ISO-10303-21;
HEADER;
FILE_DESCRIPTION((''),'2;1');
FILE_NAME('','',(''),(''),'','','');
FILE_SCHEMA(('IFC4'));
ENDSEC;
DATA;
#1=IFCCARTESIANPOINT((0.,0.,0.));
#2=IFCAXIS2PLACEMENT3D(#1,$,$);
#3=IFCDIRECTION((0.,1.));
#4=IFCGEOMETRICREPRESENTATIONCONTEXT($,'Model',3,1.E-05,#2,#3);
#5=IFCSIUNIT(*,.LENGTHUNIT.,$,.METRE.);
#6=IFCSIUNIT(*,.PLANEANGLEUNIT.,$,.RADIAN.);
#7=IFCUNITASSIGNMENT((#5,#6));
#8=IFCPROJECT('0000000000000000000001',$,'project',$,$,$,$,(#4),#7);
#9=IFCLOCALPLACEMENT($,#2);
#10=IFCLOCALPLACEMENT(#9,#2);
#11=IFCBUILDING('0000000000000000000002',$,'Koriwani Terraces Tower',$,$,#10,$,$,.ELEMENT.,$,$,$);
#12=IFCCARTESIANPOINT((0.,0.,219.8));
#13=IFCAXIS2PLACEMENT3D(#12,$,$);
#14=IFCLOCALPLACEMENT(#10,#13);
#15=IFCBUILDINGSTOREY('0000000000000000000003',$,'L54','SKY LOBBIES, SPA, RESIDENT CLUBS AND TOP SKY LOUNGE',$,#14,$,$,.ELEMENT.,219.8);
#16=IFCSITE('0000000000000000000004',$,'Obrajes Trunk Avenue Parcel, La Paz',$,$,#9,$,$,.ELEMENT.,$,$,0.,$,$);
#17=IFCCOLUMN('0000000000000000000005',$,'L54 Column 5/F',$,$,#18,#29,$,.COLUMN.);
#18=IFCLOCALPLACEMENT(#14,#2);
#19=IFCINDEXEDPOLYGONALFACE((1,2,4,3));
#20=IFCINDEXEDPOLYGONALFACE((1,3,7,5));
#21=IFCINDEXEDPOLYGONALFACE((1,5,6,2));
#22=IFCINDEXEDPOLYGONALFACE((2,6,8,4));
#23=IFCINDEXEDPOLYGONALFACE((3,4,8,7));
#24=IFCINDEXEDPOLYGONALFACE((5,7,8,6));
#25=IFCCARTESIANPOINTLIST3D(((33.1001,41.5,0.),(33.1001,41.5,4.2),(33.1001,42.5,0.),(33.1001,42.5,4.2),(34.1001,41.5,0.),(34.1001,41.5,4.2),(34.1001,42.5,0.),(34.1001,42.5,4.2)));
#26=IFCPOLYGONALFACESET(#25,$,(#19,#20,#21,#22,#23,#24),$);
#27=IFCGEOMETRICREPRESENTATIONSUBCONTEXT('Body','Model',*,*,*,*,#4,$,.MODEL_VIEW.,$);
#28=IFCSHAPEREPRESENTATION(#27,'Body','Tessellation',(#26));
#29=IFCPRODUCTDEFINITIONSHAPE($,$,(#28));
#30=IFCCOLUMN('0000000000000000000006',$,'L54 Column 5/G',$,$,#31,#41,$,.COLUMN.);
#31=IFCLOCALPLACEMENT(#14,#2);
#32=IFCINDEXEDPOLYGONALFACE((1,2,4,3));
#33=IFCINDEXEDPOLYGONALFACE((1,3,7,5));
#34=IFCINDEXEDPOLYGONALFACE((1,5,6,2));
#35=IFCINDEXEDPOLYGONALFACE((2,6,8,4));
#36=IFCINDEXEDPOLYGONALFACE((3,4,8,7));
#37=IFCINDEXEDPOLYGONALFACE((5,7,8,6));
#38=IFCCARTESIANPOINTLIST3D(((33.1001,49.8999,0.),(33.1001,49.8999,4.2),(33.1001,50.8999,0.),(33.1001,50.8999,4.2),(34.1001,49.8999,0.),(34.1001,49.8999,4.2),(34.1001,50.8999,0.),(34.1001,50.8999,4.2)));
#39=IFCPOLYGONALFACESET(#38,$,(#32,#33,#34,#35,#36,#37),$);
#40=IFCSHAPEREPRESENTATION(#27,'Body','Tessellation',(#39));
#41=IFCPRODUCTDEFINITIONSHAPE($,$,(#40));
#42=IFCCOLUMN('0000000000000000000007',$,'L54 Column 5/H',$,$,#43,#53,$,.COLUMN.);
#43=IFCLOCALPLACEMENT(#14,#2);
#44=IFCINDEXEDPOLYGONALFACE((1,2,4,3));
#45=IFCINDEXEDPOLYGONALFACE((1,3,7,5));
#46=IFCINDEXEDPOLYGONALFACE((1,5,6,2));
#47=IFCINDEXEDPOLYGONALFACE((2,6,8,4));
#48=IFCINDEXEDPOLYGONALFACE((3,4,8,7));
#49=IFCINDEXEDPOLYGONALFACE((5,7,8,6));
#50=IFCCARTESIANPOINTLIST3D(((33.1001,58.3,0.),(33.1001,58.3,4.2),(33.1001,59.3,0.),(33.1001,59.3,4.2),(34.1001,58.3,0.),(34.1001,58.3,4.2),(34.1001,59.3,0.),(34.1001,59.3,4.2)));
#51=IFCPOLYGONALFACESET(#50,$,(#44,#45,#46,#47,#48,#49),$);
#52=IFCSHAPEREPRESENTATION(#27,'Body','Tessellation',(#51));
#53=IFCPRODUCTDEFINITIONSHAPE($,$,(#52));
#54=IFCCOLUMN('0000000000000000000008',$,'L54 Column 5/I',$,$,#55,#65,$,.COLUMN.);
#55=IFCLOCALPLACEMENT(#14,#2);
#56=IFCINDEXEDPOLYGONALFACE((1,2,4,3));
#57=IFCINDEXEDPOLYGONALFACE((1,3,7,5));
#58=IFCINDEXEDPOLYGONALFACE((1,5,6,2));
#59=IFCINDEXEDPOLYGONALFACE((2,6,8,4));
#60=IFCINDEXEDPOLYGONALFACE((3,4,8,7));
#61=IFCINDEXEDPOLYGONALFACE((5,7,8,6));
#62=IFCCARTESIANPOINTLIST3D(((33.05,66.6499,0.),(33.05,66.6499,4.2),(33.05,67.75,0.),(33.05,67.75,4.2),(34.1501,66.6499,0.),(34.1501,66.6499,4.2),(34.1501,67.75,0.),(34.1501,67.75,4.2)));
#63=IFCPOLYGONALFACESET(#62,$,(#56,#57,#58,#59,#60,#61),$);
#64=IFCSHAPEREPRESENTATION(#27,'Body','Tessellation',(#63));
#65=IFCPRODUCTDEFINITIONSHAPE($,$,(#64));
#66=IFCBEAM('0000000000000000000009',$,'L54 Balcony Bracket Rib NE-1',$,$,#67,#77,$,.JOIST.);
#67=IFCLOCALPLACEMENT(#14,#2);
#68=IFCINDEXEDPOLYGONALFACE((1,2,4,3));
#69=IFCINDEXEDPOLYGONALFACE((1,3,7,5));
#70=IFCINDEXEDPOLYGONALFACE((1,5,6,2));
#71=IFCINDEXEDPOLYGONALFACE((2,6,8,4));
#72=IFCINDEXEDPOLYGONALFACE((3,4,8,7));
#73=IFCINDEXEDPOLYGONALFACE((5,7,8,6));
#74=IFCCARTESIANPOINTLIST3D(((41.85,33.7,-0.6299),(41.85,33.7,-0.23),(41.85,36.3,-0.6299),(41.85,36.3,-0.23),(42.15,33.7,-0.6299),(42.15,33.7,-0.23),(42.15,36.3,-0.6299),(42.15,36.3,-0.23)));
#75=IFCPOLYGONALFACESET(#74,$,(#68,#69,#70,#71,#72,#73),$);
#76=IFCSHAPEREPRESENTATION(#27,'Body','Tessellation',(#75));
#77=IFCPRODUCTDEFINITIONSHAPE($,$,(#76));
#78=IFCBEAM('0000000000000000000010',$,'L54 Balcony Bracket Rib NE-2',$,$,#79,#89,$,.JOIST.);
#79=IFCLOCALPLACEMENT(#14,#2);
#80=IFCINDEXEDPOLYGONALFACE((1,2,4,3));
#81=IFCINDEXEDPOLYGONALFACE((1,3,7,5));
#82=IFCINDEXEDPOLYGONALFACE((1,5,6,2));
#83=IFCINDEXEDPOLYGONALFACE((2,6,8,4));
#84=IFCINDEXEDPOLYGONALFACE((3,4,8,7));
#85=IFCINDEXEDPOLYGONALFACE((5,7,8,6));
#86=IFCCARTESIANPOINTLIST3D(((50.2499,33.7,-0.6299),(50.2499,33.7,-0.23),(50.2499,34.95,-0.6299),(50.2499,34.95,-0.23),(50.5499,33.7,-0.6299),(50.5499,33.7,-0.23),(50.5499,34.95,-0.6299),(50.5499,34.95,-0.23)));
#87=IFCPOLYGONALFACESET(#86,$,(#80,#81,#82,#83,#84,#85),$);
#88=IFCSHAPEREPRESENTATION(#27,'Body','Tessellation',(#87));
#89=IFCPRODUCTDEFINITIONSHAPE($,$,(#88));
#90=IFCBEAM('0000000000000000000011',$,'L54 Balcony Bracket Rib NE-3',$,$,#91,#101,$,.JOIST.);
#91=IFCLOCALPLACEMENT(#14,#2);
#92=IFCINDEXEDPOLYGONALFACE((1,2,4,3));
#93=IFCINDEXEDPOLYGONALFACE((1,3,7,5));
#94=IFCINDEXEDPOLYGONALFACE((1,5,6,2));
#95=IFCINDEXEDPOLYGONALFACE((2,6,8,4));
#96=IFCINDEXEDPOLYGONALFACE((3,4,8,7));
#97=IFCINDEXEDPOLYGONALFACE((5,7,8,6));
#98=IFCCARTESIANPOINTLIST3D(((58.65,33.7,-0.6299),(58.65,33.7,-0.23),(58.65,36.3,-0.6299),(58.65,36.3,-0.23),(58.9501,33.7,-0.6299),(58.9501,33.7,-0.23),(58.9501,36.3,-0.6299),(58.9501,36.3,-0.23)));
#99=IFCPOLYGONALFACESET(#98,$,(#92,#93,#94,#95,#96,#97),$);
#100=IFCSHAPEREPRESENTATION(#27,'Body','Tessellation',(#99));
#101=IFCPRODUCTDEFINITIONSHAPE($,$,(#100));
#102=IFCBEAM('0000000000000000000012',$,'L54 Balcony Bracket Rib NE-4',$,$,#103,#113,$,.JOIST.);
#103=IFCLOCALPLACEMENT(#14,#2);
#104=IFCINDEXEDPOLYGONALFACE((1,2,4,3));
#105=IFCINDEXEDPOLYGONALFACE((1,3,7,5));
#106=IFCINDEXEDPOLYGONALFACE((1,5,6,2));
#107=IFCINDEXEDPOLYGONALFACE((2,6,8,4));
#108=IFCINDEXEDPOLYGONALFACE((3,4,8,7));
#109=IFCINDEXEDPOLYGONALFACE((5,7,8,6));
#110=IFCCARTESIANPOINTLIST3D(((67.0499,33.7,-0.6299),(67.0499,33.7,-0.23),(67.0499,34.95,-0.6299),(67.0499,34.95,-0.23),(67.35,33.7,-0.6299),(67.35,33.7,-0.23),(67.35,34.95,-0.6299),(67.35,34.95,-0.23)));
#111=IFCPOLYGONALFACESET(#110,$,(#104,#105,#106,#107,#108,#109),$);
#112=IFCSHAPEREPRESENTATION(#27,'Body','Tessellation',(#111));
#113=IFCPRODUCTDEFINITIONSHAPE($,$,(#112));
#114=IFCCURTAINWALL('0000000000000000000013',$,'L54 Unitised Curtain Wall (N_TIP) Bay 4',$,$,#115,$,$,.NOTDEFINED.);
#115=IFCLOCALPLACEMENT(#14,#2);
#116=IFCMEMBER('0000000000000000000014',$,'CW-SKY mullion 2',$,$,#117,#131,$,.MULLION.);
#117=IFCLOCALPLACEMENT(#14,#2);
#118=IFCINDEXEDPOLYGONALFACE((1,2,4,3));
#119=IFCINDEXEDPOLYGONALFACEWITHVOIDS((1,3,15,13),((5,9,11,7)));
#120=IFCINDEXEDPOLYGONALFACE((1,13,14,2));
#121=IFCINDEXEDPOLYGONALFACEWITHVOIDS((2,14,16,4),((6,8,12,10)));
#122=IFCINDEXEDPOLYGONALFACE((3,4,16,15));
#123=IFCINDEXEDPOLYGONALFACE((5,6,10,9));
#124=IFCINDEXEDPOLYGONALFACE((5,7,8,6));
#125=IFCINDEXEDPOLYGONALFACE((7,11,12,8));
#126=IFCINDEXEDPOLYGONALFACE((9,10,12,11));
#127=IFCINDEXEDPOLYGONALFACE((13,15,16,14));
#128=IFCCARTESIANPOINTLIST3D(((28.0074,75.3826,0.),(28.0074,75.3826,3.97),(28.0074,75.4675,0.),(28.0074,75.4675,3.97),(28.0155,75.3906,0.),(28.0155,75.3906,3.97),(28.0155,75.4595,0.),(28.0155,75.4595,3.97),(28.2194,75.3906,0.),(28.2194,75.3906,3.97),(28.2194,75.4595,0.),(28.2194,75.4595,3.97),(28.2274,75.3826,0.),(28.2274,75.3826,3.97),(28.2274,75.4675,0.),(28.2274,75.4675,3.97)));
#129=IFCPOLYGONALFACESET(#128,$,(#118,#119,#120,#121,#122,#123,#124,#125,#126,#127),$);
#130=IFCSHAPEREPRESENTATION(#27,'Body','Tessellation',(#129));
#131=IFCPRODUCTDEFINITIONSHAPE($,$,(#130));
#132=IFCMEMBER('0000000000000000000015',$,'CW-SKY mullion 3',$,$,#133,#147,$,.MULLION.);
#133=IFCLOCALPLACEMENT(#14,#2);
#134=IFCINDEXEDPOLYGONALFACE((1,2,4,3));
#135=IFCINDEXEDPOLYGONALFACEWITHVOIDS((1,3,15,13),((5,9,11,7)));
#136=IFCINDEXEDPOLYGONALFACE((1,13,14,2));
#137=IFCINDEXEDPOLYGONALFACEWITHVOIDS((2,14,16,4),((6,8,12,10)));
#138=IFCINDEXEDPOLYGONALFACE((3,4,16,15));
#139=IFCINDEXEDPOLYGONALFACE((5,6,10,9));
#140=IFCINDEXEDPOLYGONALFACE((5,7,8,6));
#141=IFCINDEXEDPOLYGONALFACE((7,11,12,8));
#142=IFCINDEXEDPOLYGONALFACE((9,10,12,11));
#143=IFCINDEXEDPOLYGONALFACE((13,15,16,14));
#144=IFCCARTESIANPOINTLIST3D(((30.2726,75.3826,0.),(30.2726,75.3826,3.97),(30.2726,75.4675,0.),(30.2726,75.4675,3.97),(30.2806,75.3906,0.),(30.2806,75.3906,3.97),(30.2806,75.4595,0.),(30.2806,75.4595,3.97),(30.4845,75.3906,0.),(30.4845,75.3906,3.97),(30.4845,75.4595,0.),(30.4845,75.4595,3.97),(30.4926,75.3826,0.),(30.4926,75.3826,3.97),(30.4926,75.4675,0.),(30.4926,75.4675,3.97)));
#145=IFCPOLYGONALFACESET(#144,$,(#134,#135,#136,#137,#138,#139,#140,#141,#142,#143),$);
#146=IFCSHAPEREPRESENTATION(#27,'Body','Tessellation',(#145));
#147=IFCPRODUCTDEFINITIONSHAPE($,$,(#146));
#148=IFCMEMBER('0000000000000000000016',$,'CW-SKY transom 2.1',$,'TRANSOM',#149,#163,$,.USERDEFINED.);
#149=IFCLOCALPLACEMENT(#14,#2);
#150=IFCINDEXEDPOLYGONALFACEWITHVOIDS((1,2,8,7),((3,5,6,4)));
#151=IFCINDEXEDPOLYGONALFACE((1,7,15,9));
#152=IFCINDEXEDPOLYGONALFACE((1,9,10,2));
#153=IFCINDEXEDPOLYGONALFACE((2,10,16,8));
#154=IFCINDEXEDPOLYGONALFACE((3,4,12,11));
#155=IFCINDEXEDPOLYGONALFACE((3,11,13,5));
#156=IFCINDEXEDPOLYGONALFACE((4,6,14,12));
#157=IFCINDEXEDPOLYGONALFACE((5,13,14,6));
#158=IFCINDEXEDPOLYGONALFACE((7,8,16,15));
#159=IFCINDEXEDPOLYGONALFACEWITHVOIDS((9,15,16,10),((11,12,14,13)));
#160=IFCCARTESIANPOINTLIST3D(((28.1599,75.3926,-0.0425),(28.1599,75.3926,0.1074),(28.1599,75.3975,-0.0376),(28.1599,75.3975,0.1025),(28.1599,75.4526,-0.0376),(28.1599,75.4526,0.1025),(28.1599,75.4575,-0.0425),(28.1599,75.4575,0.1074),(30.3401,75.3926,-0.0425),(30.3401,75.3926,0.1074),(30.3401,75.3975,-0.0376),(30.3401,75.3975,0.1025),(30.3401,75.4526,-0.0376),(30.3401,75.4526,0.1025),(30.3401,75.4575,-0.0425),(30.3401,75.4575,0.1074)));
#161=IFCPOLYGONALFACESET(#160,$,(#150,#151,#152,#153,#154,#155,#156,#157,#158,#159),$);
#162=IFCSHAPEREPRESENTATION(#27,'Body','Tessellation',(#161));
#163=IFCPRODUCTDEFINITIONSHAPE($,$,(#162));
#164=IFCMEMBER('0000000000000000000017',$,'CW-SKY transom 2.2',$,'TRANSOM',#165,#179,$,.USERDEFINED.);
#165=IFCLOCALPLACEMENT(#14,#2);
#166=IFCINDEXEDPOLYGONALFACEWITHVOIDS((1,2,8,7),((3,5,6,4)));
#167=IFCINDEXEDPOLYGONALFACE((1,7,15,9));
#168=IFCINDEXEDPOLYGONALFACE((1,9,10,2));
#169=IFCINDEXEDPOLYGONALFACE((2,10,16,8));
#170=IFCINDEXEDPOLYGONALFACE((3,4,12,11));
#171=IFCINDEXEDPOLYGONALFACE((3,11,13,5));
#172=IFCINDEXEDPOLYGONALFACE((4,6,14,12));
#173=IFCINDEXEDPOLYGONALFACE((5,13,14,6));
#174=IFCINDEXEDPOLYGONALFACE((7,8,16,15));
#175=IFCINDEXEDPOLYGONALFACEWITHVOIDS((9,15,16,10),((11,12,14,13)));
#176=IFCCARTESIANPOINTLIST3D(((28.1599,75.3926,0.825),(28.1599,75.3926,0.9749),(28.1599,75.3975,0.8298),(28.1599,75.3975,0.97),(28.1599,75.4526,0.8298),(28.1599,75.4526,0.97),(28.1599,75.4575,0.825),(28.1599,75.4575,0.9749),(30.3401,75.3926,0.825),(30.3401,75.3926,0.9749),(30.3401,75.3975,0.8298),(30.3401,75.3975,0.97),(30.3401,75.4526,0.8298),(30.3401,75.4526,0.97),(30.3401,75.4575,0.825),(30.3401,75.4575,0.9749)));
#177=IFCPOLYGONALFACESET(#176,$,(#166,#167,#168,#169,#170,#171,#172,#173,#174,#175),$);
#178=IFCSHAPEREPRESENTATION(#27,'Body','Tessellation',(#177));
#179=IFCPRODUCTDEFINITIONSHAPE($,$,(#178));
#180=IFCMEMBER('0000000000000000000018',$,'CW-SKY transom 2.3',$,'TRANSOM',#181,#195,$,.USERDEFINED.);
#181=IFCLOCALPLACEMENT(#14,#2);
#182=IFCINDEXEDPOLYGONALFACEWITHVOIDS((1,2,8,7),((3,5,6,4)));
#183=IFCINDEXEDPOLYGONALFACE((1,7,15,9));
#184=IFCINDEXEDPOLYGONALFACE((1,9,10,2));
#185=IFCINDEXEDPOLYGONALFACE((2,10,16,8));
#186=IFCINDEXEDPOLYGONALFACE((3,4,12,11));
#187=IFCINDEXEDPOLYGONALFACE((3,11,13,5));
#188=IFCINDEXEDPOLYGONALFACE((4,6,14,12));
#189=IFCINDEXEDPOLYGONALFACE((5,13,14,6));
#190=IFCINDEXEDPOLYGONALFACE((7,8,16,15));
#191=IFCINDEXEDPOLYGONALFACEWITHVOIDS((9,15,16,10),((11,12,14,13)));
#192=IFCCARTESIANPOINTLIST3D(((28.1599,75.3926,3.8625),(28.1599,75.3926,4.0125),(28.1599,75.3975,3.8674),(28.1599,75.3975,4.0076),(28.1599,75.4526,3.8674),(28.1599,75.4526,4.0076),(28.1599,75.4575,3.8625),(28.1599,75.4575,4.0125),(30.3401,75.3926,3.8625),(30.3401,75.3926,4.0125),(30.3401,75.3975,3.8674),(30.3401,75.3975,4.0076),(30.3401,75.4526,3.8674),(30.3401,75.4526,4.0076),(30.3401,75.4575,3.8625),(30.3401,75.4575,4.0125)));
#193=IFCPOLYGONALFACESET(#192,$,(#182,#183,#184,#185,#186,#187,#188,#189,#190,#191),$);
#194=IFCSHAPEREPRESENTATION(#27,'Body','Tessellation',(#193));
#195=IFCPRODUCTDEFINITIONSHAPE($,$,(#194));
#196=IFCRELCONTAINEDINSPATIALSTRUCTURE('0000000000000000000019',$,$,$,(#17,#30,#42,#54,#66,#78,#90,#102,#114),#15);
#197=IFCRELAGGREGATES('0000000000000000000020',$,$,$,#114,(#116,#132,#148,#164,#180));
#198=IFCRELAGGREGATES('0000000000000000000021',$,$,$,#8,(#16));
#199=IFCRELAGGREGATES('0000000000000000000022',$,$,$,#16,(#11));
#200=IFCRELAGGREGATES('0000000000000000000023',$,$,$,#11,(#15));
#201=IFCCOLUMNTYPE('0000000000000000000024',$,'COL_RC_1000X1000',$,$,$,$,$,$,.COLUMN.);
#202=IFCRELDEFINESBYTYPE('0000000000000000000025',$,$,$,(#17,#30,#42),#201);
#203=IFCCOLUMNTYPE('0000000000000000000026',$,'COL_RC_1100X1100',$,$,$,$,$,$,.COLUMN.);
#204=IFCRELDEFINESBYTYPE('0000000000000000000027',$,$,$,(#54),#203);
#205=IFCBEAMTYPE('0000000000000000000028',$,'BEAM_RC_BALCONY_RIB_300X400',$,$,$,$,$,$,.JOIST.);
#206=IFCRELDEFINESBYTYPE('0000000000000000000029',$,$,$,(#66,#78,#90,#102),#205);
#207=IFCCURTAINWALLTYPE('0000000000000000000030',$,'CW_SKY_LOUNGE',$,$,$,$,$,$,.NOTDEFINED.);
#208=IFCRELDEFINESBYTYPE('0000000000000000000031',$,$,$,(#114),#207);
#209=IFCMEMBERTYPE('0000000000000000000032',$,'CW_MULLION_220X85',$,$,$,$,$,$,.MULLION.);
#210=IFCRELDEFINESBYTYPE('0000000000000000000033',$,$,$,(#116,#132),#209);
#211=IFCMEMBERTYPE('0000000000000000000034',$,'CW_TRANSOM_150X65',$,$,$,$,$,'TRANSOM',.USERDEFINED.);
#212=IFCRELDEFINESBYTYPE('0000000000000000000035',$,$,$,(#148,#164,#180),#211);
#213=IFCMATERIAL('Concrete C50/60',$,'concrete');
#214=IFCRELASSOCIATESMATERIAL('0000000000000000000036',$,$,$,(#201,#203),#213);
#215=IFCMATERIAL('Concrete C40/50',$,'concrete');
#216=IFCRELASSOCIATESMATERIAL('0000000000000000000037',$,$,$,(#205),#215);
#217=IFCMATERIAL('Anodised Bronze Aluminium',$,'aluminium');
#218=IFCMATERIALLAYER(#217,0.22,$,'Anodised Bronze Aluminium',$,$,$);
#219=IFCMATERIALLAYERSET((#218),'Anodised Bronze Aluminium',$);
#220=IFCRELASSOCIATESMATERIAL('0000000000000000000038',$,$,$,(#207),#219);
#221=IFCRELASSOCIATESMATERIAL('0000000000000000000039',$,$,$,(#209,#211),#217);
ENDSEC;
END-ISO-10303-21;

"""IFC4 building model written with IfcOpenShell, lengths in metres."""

from ifc_helpers import new_model, si_unit, direction, frame, origin, origin_2d, place, context, subcontext, project, spatial, rectangle, hollow_rectangle, extrude, material, layer, layer_set, material_profile, profile_set, type_object, element, aggregate, save


model = new_model("IFC4")

# Units and contexts
model_context = context("Model", 3, precision=1e-05, world=origin(), true_north=direction((0.0, 1.0)))
body_context = subcontext(model_context, "Body", "Model", "MODEL_VIEW")
ifc_project = project(units=[si_unit("LENGTHUNIT", "METRE"), si_unit("PLANEANGLEUNIT", "RADIAN")], contexts=[model_context])

# Site, building, storey
site_placement = place(None, origin())
site = spatial("IfcSite", under=ifc_project, at=site_placement, Name="Obrajes Trunk Avenue Parcel, La Paz", CompositionType="ELEMENT", RefElevation=0.0)
building_placement = place(site_placement, origin())
building = spatial("IfcBuilding", under=site, at=building_placement, Name="Koriwani Terraces Tower", CompositionType="ELEMENT")
storey_placement = place(building_placement, frame((0.0, 0.0, 219.8)))
storey = spatial("IfcBuildingStorey", under=building, at=storey_placement, Name="L54", Description="SKY LOBBIES, SPA, RESIDENT CLUBS AND TOP SKY LOUNGE", CompositionType="ELEMENT", Elevation=219.8)

# Columns
ifc_material_1 = material(Name="Concrete C50/60", Category="concrete")
ifc_material_profile_1 = material_profile(ifc_material_1, rectangle(XDim=1.0, YDim=1.0, at=origin_2d()), Name="Concrete C50/60", Category="LoadBearing")
ifc_profile_set_1 = profile_set([ifc_material_profile_1], Name="Concrete C50/60")
column_type_1 = type_object("IfcColumnType", Name="COL_RC_1000X1000", PredefinedType="COLUMN", material=ifc_profile_set_1)
for number, where, z_axis, x_axis, name in (
    (1, (33.6001, 42.0, 0.0), (0.0, 0.0, 1.0), (1.0, 0.0, 0.0), "L54 Column 5/F"),
    (2, (33.6001, 50.3999, 0.0), (0.0, 0.0, 1.0), (1.0, 0.0, 0.0), "L54 Column 5/G"),
    (3, (33.6001, 58.8, 0.0), (0.0, 0.0, 1.0), (1.0, 0.0, 0.0), "L54 Column 5/H"),
):
    element("IfcColumn", number, at=place(storey_placement, frame(where, z_axis=z_axis, x_axis=x_axis)), inside=storey, type_object=column_type_1, Name=name, PredefinedType="COLUMN", context=body_context, shape_type="SweptSolid", body=[
        extrude(rectangle(XDim=1.0, YDim=1.0, at=origin_2d()), origin(), (0.0, 0.0, 1.0), 4.2),
    ])
ifc_material_profile_2 = material_profile(ifc_material_1, rectangle(XDim=1.1001, YDim=1.1001, at=origin_2d()), Name="Concrete C50/60", Category="LoadBearing")
ifc_profile_set_2 = profile_set([ifc_material_profile_2], Name="Concrete C50/60")
column_type_2 = type_object("IfcColumnType", Name="COL_RC_1100X1100", PredefinedType="COLUMN", material=ifc_profile_set_2)
column_placement = place(storey_placement, frame((33.6001, 67.2, 0.0), z_axis=(0.0, 0.0, 1.0), x_axis=(1.0, 0.0, 0.0)))
element("IfcColumn", 4, at=column_placement, inside=storey, type_object=column_type_2, Name="L54 Column 5/I", PredefinedType="COLUMN", context=body_context, shape_type="SweptSolid", body=[
    extrude(rectangle(XDim=1.1001, YDim=1.1001, at=origin_2d()), origin(), (0.0, 0.0, 1.0), 4.2),
])

# Beams
ifc_material_2 = material(Name="Concrete C40/50", Category="concrete")
ifc_material_profile_3 = material_profile(ifc_material_2, rectangle(XDim=0.3, YDim=0.3999, at=origin_2d()), Name="Concrete C40/50", Category="LoadBearing")
ifc_profile_set_3 = profile_set([ifc_material_profile_3], Name="Concrete C40/50")
beam_type_1 = type_object("IfcBeamType", Name="BEAM_RC_BALCONY_RIB_300X400", PredefinedType="JOIST", material=ifc_profile_set_3)
beam_1_placement = place(storey_placement, frame((42.0, 33.7, -0.4299), z_axis=(0.0, 1.0, 0.0), x_axis=(-1.0, 0.0, 0.0)))
element("IfcBeam", 5, at=beam_1_placement, inside=storey, type_object=beam_type_1, Name="L54 Balcony Bracket Rib NE-1", PredefinedType="JOIST", context=body_context, shape_type="SweptSolid", body=[
    extrude(rectangle(XDim=0.3, YDim=0.3999, at=origin_2d()), origin(), (0.0, 0.0, 1.0), 2.6001),
])
beam_2_placement = place(storey_placement, frame((50.3999, 33.7, -0.4299), z_axis=(0.0, 1.0, 0.0), x_axis=(-1.0, 0.0, 0.0)))
element("IfcBeam", 6, at=beam_2_placement, inside=storey, type_object=beam_type_1, Name="L54 Balcony Bracket Rib NE-2", PredefinedType="JOIST", context=body_context, shape_type="SweptSolid", body=[
    extrude(rectangle(XDim=0.3, YDim=0.3999, at=origin_2d()), origin(), (0.0, 0.0, 1.0), 1.25),
])
beam_3_placement = place(storey_placement, frame((58.8, 33.7, -0.4299), z_axis=(0.0, 1.0, 0.0), x_axis=(-1.0, 0.0, 0.0)))
element("IfcBeam", 7, at=beam_3_placement, inside=storey, type_object=beam_type_1, Name="L54 Balcony Bracket Rib NE-3", PredefinedType="JOIST", context=body_context, shape_type="SweptSolid", body=[
    extrude(rectangle(XDim=0.3, YDim=0.3999, at=origin_2d()), origin(), (0.0, 0.0, 1.0), 2.6001),
])
beam_4_placement = place(storey_placement, frame((67.2, 33.7, -0.4299), z_axis=(0.0, 1.0, 0.0), x_axis=(-1.0, 0.0, 0.0)))
element("IfcBeam", 8, at=beam_4_placement, inside=storey, type_object=beam_type_1, Name="L54 Balcony Bracket Rib NE-4", PredefinedType="JOIST", context=body_context, shape_type="SweptSolid", body=[
    extrude(rectangle(XDim=0.3, YDim=0.3999, at=origin_2d()), origin(), (0.0, 0.0, 1.0), 1.25),
])

# Curtain wall, members
ifc_material_3 = material(Name="Anodised Bronze Aluminium", Category="aluminium")
ifc_layer_1 = layer(ifc_material_3, 0.22, Name="Anodised Bronze Aluminium")
ifc_layer_set_1 = layer_set([ifc_layer_1], Name="Anodised Bronze Aluminium")
curtain_wall_type = type_object("IfcCurtainWallType", Name="CW_SKY_LOUNGE", PredefinedType="NOTDEFINED", material=ifc_layer_set_1)
curtain_wall_placement = place(storey_placement, origin())
curtain_wall = element("IfcCurtainWall", 9, at=curtain_wall_placement, inside=storey, type_object=curtain_wall_type, Name="L54 Unitised Curtain Wall (N_TIP) Bay 4", PredefinedType="NOTDEFINED")
ifc_material_profile_4 = material_profile(ifc_material_3, hollow_rectangle(XDim=0.085, YDim=0.22, WallThickness=0.0081, at=origin_2d()), Name="Anodised Bronze Aluminium", Category="LoadBearing")
ifc_profile_set_4 = profile_set([ifc_material_profile_4], Name="Anodised Bronze Aluminium")
member_type_1 = type_object("IfcMemberType", Name="CW_MULLION_220X85", PredefinedType="MULLION", material=ifc_profile_set_4)
member_1_placement = place(storey_placement, frame((28.1174, 75.425, 0.0), z_axis=(0.0, 0.0, 1.0), x_axis=(0.0, 1.0, 0.0)))
member_1 = element("IfcMember", 10, at=member_1_placement, type_object=member_type_1, Name="CW-SKY mullion 2", PredefinedType="MULLION", context=body_context, shape_type="SweptSolid", body=[
    extrude(hollow_rectangle(XDim=0.085, YDim=0.22, WallThickness=0.0081, at=origin_2d()), origin(), (0.0, 0.0, 1.0), 3.97),
])
member_2_placement = place(storey_placement, frame((30.3826, 75.425, 0.0), z_axis=(0.0, 0.0, 1.0), x_axis=(0.0, 1.0, 0.0)))
member_2 = element("IfcMember", 11, at=member_2_placement, type_object=member_type_1, Name="CW-SKY mullion 3", PredefinedType="MULLION", context=body_context, shape_type="SweptSolid", body=[
    extrude(hollow_rectangle(XDim=0.085, YDim=0.22, WallThickness=0.0081, at=origin_2d()), origin(), (0.0, 0.0, 1.0), 3.97),
])
ifc_material_profile_5 = material_profile(ifc_material_3, hollow_rectangle(XDim=0.0649, YDim=0.1499, WallThickness=0.0049, at=origin_2d()), Name="Anodised Bronze Aluminium", Category="LoadBearing")
ifc_profile_set_5 = profile_set([ifc_material_profile_5], Name="Anodised Bronze Aluminium")
member_type_2 = type_object("IfcMemberType", Name="CW_TRANSOM_150X65", ElementType="TRANSOM", PredefinedType="USERDEFINED", material=ifc_profile_set_5)
member_3_placement = place(storey_placement, frame((28.1599, 75.425, 0.0325), z_axis=(1.0, 0.0, 0.0), x_axis=(0.0, 1.0, 0.0)))
member_3 = element("IfcMember", 12, at=member_3_placement, type_object=member_type_2, Name="CW-SKY transom 2.1", ObjectType="TRANSOM", PredefinedType="USERDEFINED", context=body_context, shape_type="SweptSolid", body=[
    extrude(hollow_rectangle(XDim=0.0649, YDim=0.1499, WallThickness=0.0049, at=origin_2d()), origin(), (0.0, 0.0, 1.0), 2.1802),
])
member_4_placement = place(storey_placement, frame((28.1599, 75.425, 0.8999), z_axis=(1.0, 0.0, 0.0), x_axis=(0.0, 1.0, 0.0)))
member_4 = element("IfcMember", 13, at=member_4_placement, type_object=member_type_2, Name="CW-SKY transom 2.2", ObjectType="TRANSOM", PredefinedType="USERDEFINED", context=body_context, shape_type="SweptSolid", body=[
    extrude(hollow_rectangle(XDim=0.0649, YDim=0.1499, WallThickness=0.0049, at=origin_2d()), origin(), (0.0, 0.0, 1.0), 2.1802),
])
member_5_placement = place(storey_placement, frame((28.1599, 75.425, 3.9375), z_axis=(1.0, 0.0, 0.0), x_axis=(0.0, 1.0, 0.0)))
member_5 = element("IfcMember", 14, at=member_5_placement, type_object=member_type_2, Name="CW-SKY transom 2.3", ObjectType="TRANSOM", PredefinedType="USERDEFINED", context=body_context, shape_type="SweptSolid", body=[
    extrude(hollow_rectangle(XDim=0.0649, YDim=0.1499, WallThickness=0.0049, at=origin_2d()), origin(), (0.0, 0.0, 1.0), 2.1802),
])

aggregate(curtain_wall, [member_1, member_2, member_3, member_4, member_5])

save(model, "model.ifc")
